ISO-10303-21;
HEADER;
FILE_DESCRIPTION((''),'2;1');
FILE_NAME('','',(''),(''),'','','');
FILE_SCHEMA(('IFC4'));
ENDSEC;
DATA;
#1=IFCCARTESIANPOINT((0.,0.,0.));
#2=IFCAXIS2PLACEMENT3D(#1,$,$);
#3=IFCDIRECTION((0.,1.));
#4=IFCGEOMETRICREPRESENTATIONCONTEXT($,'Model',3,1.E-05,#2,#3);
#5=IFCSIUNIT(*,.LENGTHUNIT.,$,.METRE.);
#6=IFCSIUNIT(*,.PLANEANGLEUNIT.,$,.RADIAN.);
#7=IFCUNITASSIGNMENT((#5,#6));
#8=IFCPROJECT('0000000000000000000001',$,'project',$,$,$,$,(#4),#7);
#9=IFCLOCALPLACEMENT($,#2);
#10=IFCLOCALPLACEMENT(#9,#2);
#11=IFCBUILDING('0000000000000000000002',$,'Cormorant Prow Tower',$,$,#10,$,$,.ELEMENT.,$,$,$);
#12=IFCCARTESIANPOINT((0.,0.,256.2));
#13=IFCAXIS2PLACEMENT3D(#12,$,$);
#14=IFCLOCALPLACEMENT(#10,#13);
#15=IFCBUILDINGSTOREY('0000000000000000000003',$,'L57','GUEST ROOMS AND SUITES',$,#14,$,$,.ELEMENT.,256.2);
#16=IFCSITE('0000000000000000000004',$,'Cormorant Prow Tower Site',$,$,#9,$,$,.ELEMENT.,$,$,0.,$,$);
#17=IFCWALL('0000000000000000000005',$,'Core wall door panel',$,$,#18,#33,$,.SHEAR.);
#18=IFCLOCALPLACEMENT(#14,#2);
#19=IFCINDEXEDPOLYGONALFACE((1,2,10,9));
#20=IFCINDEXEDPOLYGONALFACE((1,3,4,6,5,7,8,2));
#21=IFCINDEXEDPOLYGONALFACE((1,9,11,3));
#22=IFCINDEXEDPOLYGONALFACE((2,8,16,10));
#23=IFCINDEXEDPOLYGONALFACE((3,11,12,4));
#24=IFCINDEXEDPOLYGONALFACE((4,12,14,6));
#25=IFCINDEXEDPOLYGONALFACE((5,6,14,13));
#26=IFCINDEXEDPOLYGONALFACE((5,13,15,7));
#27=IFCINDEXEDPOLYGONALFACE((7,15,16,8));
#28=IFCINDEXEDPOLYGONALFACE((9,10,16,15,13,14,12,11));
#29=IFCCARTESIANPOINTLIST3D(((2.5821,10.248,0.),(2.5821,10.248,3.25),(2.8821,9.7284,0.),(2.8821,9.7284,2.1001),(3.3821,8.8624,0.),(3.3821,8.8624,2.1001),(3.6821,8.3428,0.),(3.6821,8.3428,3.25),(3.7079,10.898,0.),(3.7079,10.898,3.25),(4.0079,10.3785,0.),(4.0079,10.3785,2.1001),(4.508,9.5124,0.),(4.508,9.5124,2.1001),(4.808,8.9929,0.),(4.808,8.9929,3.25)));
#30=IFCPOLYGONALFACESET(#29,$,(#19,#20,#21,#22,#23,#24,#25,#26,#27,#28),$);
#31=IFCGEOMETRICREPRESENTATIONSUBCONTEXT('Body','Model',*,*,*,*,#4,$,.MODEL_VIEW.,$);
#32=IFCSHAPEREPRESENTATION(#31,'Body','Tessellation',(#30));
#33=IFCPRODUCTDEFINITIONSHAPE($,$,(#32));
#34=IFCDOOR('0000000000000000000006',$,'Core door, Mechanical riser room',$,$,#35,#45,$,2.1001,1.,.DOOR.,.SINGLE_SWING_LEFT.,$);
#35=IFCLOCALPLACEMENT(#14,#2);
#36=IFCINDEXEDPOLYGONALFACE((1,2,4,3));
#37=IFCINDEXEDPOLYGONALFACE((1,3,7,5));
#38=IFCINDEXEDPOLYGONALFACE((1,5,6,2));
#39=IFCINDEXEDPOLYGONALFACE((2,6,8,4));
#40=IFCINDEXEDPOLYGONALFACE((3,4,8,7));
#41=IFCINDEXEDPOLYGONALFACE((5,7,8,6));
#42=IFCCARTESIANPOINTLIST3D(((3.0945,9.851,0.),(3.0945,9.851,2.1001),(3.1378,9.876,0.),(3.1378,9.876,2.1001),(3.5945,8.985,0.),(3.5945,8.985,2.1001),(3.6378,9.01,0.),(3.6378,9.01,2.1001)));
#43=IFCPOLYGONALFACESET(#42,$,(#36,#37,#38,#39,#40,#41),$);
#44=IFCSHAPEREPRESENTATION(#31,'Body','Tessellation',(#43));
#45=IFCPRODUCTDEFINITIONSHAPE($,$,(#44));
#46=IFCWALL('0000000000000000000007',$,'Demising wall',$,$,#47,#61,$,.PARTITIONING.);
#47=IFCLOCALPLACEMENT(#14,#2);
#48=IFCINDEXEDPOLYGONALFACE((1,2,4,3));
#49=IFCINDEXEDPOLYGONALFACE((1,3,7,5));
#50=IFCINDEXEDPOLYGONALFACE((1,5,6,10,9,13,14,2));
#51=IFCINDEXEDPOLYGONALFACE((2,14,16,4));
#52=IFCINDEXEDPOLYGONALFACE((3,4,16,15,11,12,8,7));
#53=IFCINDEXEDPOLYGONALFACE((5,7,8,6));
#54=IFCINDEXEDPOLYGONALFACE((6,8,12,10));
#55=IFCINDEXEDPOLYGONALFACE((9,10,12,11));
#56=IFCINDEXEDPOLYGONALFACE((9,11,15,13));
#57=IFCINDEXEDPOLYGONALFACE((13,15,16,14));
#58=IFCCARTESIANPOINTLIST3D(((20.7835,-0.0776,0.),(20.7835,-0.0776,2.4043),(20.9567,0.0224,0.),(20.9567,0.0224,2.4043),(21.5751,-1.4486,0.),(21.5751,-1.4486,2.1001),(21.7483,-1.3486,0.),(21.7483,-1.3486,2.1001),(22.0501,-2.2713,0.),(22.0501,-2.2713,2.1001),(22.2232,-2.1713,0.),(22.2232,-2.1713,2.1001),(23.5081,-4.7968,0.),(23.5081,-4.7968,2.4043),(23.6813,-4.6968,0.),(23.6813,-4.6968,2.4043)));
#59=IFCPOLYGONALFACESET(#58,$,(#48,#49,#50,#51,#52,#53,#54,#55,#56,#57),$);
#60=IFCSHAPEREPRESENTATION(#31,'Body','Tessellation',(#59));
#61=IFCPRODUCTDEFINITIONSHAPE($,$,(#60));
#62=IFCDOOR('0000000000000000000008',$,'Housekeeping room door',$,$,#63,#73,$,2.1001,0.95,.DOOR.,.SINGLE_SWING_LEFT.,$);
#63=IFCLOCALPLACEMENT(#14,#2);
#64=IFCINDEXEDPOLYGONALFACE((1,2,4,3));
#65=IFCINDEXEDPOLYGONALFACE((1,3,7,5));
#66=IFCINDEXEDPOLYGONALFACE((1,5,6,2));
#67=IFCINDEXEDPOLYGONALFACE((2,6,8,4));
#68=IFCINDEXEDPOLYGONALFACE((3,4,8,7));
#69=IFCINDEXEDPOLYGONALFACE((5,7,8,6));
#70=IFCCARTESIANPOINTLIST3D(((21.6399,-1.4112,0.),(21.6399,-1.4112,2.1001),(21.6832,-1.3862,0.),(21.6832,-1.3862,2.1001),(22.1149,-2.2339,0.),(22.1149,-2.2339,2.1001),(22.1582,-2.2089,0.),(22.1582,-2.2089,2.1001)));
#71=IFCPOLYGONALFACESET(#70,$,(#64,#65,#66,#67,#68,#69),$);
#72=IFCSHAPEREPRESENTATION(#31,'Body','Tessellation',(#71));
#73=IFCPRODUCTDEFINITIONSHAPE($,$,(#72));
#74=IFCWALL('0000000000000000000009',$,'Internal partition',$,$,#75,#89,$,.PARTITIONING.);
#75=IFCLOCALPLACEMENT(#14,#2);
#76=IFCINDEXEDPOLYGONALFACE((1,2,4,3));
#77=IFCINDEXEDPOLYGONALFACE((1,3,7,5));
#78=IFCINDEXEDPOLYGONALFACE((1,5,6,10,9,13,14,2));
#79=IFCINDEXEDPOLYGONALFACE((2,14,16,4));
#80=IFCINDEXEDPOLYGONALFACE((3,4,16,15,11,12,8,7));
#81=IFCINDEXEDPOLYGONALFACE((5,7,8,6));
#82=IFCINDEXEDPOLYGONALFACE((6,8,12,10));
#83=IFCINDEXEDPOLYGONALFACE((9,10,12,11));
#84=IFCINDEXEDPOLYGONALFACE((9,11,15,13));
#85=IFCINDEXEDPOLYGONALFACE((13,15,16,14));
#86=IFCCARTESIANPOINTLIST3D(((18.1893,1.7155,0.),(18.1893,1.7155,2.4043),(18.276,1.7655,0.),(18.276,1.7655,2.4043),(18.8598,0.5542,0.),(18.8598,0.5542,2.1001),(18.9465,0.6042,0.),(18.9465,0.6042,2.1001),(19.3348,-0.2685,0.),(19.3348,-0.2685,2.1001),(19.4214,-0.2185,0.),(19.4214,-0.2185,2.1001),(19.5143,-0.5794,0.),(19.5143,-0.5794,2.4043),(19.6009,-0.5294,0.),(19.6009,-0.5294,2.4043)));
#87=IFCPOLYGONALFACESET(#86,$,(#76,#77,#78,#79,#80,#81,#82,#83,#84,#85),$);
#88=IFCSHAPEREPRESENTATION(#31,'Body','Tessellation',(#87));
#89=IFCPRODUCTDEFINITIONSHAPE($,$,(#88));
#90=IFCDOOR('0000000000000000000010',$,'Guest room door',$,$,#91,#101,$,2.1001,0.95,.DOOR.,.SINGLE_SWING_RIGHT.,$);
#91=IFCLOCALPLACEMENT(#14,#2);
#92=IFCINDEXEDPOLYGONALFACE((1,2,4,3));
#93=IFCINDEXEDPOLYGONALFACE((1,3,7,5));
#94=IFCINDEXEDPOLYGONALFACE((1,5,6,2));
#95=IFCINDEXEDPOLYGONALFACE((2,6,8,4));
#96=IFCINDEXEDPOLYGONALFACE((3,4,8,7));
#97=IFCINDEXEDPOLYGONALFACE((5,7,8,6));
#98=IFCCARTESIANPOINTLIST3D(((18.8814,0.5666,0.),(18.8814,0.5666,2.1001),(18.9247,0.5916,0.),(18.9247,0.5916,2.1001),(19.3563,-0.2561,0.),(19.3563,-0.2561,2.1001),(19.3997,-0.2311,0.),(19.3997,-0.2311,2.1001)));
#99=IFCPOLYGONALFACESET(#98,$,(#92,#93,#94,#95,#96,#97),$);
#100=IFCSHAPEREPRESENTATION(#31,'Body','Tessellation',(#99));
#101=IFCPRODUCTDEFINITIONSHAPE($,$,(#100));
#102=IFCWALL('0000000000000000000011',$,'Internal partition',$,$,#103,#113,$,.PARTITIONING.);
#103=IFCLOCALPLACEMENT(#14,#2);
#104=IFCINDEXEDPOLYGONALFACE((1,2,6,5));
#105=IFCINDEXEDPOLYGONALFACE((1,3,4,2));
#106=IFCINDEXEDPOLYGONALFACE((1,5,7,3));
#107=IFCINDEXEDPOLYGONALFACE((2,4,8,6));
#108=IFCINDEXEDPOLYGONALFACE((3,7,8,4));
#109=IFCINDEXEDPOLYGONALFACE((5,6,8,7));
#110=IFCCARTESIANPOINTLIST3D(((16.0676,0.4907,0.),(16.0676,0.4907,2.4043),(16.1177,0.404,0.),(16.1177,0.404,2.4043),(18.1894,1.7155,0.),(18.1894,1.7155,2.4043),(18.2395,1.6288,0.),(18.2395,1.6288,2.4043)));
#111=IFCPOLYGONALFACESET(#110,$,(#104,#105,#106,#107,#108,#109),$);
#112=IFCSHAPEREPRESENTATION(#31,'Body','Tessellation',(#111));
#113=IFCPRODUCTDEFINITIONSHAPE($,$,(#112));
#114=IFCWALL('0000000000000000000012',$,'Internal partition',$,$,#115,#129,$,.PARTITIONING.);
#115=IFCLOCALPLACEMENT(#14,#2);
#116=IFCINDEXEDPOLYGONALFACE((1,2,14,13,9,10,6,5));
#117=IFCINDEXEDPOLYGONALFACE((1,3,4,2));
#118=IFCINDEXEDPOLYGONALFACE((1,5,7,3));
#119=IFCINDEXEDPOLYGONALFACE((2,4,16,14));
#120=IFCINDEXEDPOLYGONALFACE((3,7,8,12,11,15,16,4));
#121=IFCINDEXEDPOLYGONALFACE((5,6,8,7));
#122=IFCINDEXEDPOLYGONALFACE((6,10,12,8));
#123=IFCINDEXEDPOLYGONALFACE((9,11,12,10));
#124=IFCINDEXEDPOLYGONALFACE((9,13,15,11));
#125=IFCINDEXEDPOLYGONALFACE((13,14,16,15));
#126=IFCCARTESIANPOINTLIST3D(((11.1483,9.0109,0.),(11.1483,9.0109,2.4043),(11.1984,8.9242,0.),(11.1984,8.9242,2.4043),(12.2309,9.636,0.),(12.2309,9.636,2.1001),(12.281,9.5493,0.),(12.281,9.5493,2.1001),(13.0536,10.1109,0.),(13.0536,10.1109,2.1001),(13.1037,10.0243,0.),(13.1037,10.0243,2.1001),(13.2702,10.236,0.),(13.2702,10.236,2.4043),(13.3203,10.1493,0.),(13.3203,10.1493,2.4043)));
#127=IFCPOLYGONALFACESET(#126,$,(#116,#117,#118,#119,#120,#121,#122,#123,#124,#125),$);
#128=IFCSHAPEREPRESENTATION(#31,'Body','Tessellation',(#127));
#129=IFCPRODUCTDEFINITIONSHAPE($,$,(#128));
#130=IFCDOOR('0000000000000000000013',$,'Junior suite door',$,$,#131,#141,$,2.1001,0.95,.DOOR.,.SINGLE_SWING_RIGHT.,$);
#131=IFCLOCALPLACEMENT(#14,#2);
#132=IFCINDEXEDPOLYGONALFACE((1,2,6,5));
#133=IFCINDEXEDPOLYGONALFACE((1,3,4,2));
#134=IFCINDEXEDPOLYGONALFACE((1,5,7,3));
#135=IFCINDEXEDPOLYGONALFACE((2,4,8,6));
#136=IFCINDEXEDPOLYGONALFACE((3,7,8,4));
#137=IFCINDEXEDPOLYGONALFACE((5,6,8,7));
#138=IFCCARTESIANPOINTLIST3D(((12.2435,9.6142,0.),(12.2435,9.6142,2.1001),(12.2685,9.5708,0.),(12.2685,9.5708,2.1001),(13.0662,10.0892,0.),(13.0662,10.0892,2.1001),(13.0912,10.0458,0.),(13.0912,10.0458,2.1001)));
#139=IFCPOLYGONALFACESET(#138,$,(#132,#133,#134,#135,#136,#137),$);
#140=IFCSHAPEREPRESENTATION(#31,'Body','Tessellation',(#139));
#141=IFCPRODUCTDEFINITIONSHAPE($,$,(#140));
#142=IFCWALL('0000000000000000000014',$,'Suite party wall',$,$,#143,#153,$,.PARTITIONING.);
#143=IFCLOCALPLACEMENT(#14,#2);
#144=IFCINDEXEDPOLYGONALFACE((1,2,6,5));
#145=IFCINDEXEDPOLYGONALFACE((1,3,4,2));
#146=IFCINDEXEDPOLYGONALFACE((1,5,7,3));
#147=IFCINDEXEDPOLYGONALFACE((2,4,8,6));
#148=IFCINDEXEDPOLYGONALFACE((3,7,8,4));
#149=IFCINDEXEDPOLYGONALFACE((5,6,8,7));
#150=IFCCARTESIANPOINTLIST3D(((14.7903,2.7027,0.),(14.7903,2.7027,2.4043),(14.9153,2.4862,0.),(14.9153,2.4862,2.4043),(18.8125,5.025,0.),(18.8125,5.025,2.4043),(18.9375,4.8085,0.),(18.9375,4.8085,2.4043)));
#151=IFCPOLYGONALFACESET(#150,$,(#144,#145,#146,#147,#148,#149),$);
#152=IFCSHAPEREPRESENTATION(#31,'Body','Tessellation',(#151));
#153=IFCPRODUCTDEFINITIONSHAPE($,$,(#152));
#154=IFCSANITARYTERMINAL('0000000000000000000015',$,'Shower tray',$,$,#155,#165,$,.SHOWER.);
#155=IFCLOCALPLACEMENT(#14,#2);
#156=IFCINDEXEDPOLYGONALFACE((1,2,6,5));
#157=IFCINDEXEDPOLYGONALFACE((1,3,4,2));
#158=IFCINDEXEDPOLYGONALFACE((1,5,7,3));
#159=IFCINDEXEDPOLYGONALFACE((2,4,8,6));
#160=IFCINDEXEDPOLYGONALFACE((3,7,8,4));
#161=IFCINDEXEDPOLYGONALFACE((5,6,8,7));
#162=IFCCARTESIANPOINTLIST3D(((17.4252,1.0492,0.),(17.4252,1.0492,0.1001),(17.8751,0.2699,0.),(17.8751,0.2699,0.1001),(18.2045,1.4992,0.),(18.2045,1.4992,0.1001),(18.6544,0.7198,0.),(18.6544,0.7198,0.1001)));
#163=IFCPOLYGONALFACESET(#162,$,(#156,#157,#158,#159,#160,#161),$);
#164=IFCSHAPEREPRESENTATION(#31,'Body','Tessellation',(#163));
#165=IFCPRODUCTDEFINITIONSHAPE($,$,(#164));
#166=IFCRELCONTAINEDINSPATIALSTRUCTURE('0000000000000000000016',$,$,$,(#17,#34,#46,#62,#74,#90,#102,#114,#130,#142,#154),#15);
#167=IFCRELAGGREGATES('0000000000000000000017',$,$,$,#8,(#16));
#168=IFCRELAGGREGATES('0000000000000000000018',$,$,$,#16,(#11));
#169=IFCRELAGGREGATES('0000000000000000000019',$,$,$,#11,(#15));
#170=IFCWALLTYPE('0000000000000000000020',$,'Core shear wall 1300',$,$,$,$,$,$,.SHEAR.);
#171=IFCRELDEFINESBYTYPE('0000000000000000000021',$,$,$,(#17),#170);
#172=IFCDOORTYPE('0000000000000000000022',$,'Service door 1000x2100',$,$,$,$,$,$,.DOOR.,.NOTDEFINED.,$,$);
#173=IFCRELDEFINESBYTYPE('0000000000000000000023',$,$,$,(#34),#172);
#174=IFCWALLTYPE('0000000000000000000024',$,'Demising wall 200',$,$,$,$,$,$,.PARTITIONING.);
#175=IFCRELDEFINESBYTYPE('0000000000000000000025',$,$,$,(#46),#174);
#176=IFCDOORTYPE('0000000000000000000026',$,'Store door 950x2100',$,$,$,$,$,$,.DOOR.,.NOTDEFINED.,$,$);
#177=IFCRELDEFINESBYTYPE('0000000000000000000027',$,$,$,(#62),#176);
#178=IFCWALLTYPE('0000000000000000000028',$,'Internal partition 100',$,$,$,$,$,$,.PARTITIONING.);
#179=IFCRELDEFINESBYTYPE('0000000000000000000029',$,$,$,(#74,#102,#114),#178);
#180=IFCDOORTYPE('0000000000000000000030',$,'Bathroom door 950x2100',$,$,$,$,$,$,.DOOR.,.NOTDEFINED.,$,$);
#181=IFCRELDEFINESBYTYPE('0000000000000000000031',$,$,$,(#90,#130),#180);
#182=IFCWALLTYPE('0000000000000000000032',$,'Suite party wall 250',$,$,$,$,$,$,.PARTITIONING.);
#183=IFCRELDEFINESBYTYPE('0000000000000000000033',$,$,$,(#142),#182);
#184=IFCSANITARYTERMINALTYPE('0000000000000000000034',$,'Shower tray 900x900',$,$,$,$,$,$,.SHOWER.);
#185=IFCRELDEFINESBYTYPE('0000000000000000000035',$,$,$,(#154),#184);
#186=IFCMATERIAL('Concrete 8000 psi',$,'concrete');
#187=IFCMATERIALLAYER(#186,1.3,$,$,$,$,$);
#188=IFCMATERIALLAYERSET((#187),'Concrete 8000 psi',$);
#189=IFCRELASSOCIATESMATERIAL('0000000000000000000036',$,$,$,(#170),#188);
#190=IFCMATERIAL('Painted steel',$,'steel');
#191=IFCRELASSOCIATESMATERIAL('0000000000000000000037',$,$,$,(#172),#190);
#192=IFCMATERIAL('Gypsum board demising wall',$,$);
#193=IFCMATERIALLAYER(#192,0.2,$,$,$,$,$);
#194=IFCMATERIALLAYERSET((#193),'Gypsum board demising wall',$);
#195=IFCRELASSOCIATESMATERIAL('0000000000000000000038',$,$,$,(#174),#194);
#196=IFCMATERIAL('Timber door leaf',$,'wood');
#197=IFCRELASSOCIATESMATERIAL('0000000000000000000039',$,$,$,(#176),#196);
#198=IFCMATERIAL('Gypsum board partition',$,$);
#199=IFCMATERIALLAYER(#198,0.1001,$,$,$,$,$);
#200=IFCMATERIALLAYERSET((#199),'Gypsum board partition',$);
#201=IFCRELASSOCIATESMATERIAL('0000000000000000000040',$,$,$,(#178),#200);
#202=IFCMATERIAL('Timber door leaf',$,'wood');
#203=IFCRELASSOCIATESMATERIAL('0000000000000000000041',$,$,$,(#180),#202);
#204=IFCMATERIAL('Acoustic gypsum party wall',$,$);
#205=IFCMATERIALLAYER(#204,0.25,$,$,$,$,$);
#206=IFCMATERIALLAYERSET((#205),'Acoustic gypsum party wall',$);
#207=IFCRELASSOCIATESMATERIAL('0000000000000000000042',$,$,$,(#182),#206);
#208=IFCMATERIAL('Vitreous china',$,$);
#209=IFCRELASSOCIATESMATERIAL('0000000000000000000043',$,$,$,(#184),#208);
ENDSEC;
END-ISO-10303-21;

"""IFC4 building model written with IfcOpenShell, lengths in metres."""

from ifc_helpers import new_model, si_unit, direction, frame, frame_2d, origin, origin_2d, place, context, subcontext, project, spatial, rectangle, extrude, material, layer, layer_set, type_object, element, fill, save


model = new_model("IFC4")

# Units and contexts
model_context = context("Model", 3, precision=1e-05, world=origin(), true_north=direction((0.0, 1.0)))
body_context = subcontext(model_context, "Body", "Model", "MODEL_VIEW")
ifc_project = project(units=[si_unit("LENGTHUNIT", "METRE"), si_unit("PLANEANGLEUNIT", "RADIAN")], contexts=[model_context])

# Site, building, storey
site_placement = place(None, origin())
site = spatial("IfcSite", under=ifc_project, at=site_placement, Name="Cormorant Prow Tower Site", CompositionType="ELEMENT", RefElevation=0.0)
building_placement = place(site_placement, origin())
building = spatial("IfcBuilding", under=site, at=building_placement, Name="Cormorant Prow Tower", CompositionType="ELEMENT")
storey_placement = place(building_placement, frame((0.0, 0.0, 256.2)))
storey = spatial("IfcBuildingStorey", under=building, at=storey_placement, Name="L57", Description="GUEST ROOMS AND SUITES", CompositionType="ELEMENT", Elevation=256.2)

# Walls, openings, doors
ifc_material_1 = material(Name="Concrete 8000 psi", Category="concrete")
ifc_layer_1 = layer(ifc_material_1, 1.3)
ifc_layer_set_1 = layer_set([ifc_layer_1], Name="Concrete 8000 psi")
wall_type_1 = type_object("IfcWallType", Name="Core shear wall 1300", PredefinedType="SHEAR", material=ifc_layer_set_1)
wall_1_placement = place(storey_placement, frame((4.2451, 8.6677, 0.0), z_axis=(0.0, 0.0, 1.0), x_axis=(-0.50003, 0.866008, 0.0)))
wall_1 = element("IfcWall", 1, at=wall_1_placement, inside=storey, type_object=wall_type_1, Name="Core wall door panel", PredefinedType="SHEAR", context=body_context, shape_type="SweptSolid", body=[
    extrude(rectangle(XDim=2.2, YDim=1.3, at=frame_2d((1.1001, 0.0))), origin(), (0.0, 0.0, 1.0), 3.25),
])
opening_1_placement = place(wall_1_placement, frame((0.6001, 0.0, 0.0)))
opening_1 = element("IfcOpeningElement", 2, at=opening_1_placement, cuts=wall_1, PredefinedType="OPENING", context=body_context, shape_type="SweptSolid", body=[
    extrude(rectangle(XDim=1.0, YDim=2.1001, at=frame_2d((0.5, 1.05))), frame((0.0, 0.6599, 0.0), z_axis=(0.0, -1.0, 0.0), x_axis=(1.0, 0.0, 0.0)), (0.0, 0.0, 1.0), 1.3201),
])
ifc_material_2 = material(Name="Painted steel", Category="steel")
door_type_1 = type_object("IfcDoorType", Name="Service door 1000x2100", OperationType="NOTDEFINED", PredefinedType="DOOR", material=ifc_material_2)
door_1_placement = place(opening_1_placement, origin())
door_1 = element("IfcDoor", 3, at=door_1_placement, inside=storey, type_object=door_type_1, Name="Core door, Mechanical riser room", OperationType="SINGLE_SWING_LEFT", OverallHeight=2.1001, OverallWidth=1.0, PredefinedType="DOOR", context=body_context, shape_type="SweptSolid", body=[
    extrude(rectangle(XDim=1.0, YDim=2.1001, at=frame_2d((0.5, 1.05))), frame((0.0, 0.4048, 0.0), z_axis=(0.0, -1.0, 0.0), x_axis=(1.0, 0.0, 0.0)), (0.0, 0.0, 1.0), 0.05),
])
fill(opening_1, door_1)
ifc_material_3 = material(Name="Gypsum board demising wall")
ifc_layer_2 = layer(ifc_material_3, 0.2)
ifc_layer_set_2 = layer_set([ifc_layer_2], Name="Gypsum board demising wall")
wall_type_2 = type_object("IfcWallType", Name="Demising wall 200", PredefinedType="PARTITIONING", material=ifc_layer_set_2)
wall_2_placement = place(storey_placement, frame((20.8701, -0.0276, 0.0), z_axis=(0.0, 0.0, 1.0), x_axis=(0.499994, -0.866029, 0.0)))
wall_2 = element("IfcWall", 4, at=wall_2_placement, inside=storey, type_object=wall_type_2, Name="Demising wall", PredefinedType="PARTITIONING", context=body_context, shape_type="SweptSolid", body=[
    extrude(rectangle(XDim=5.4492, YDim=0.2, at=frame_2d((2.7246, 0.0))), origin(), (0.0, 0.0, 1.0), 2.4043),
])
opening_2_placement = place(wall_2_placement, frame((1.583, 0.0, 0.0)))
opening_2 = element("IfcOpeningElement", 5, at=opening_2_placement, cuts=wall_2, PredefinedType="OPENING", context=body_context, shape_type="SweptSolid", body=[
    extrude(rectangle(XDim=0.95, YDim=2.1001, at=frame_2d((0.4751, 1.05))), frame((0.0, 0.1099, 0.0), z_axis=(0.0, -1.0, 0.0), x_axis=(1.0, 0.0, 0.0)), (0.0, 0.0, 1.0), 0.22),
])
ifc_material_4 = material(Name="Timber door leaf", Category="wood")
door_type_2 = type_object("IfcDoorType", Name="Store door 950x2100", OperationType="NOTDEFINED", PredefinedType="DOOR", material=ifc_material_4)
door_2_placement = place(opening_2_placement, origin())
door_2 = element("IfcDoor", 6, at=door_2_placement, inside=storey, type_object=door_type_2, Name="Housekeeping room door", OperationType="SINGLE_SWING_LEFT", OverallHeight=2.1001, OverallWidth=0.95, PredefinedType="DOOR", context=body_context, shape_type="SweptSolid", body=[
    extrude(rectangle(XDim=0.95, YDim=2.1001, at=frame_2d((0.4751, 1.05))), frame((0.0, 0.0249, 0.0), z_axis=(0.0, -1.0, 0.0), x_axis=(1.0, 0.0, 0.0)), (0.0, 0.0, 1.0), 0.05),
])
fill(opening_2, door_2)
ifc_material_5 = material(Name="Gypsum board partition")
ifc_layer_3 = layer(ifc_material_5, 0.1001)
ifc_layer_set_3 = layer_set([ifc_layer_3], Name="Gypsum board partition")
wall_type_3 = type_object("IfcWallType", Name="Internal partition 100", PredefinedType="PARTITIONING", material=ifc_layer_set_3)
wall_3_placement = place(storey_placement, frame((18.2327, 1.7405, 0.0), z_axis=(0.0, 0.0, 1.0), x_axis=(0.499994, -0.866029, 0.0)))
wall_3 = element("IfcWall", 7, at=wall_3_placement, inside=storey, type_object=wall_type_3, Name="Internal partition", PredefinedType="PARTITIONING", context=body_context, shape_type="SweptSolid", body=[
    extrude(rectangle(XDim=2.6499, YDim=0.1001, at=frame_2d((1.325, 0.0))), origin(), (0.0, 0.0, 1.0), 2.4043),
])
opening_3_placement = place(wall_3_placement, frame((1.3408, 0.0, 0.0)))
opening_3 = element("IfcOpeningElement", 8, at=opening_3_placement, cuts=wall_3, PredefinedType="OPENING", context=body_context, shape_type="SweptSolid", body=[
    extrude(rectangle(XDim=0.95, YDim=2.1001, at=frame_2d((0.4751, 1.05))), frame((0.0, 0.0601, 0.0), z_axis=(0.0, -1.0, 0.0), x_axis=(1.0, 0.0, 0.0)), (0.0, 0.0, 1.0), 0.1201),
])
ifc_material_6 = material(Name="Timber door leaf", Category="wood")
door_type_3 = type_object("IfcDoorType", Name="Bathroom door 950x2100", OperationType="NOTDEFINED", PredefinedType="DOOR", material=ifc_material_6)
door_3_placement = place(opening_3_placement, origin())
door_3 = element("IfcDoor", 9, at=door_3_placement, inside=storey, type_object=door_type_3, Name="Guest room door", OperationType="SINGLE_SWING_RIGHT", OverallHeight=2.1001, OverallWidth=0.95, PredefinedType="DOOR", context=body_context, shape_type="SweptSolid", body=[
    extrude(rectangle(XDim=0.95, YDim=2.1001, at=frame_2d((0.4751, 1.05))), frame((0.0, 0.0249, 0.0), z_axis=(0.0, -1.0, 0.0), x_axis=(1.0, 0.0, 0.0)), (0.0, 0.0, 1.0), 0.05),
])
fill(opening_3, door_3)

# Wall
wall_4_placement = place(storey_placement, frame((16.0925, 0.4473, 0.0), z_axis=(0.0, 0.0, 1.0), x_axis=(0.866058, 0.499944, 0.0)))
element("IfcWall", 10, at=wall_4_placement, inside=storey, type_object=wall_type_3, Name="Internal partition", PredefinedType="PARTITIONING", context=body_context, shape_type="SweptSolid", body=[
    extrude(rectangle(XDim=2.45, YDim=0.1001, at=frame_2d((1.2251, 0.0))), origin(), (0.0, 0.0, 1.0), 2.4043),
])

# Wall, opening, door
wall_5_placement = place(storey_placement, frame((11.1733, 8.9675, 0.0), z_axis=(0.0, 0.0, 1.0), x_axis=(0.866015, 0.500019, 0.0)))
wall_5 = element("IfcWall", 11, at=wall_5_placement, inside=storey, type_object=wall_type_3, Name="Internal partition", PredefinedType="PARTITIONING", context=body_context, shape_type="SweptSolid", body=[
    extrude(rectangle(XDim=2.4502, YDim=0.1001, at=frame_2d((1.2251, 0.0))), origin(), (0.0, 0.0, 1.0), 2.4043),
])
opening_4_placement = place(wall_5_placement, frame((1.25, 0.0, 0.0)))
opening_4 = element("IfcOpeningElement", 12, at=opening_4_placement, cuts=wall_5, PredefinedType="OPENING", context=body_context, shape_type="SweptSolid", body=[
    extrude(rectangle(XDim=0.95, YDim=2.1001, at=frame_2d((0.4751, 1.05))), frame((0.0, 0.0601, 0.0), z_axis=(0.0, -1.0, 0.0), x_axis=(1.0, 0.0, 0.0)), (0.0, 0.0, 1.0), 0.1201),
])
door_4_placement = place(opening_4_placement, origin())
door_4 = element("IfcDoor", 13, at=door_4_placement, inside=storey, type_object=door_type_3, Name="Junior suite door", OperationType="SINGLE_SWING_RIGHT", OverallHeight=2.1001, OverallWidth=0.95, PredefinedType="DOOR", context=body_context, shape_type="SweptSolid", body=[
    extrude(rectangle(XDim=0.95, YDim=2.1001, at=frame_2d((0.4751, 1.05))), frame((0.0, 0.0249, 0.0), z_axis=(0.0, -1.0, 0.0), x_axis=(1.0, 0.0, 0.0)), (0.0, 0.0, 1.0), 0.05),
])
fill(opening_4, door_4)

# Wall
ifc_material_7 = material(Name="Acoustic gypsum party wall")
ifc_layer_4 = layer(ifc_material_7, 0.25)
ifc_layer_set_4 = layer_set([ifc_layer_4], Name="Acoustic gypsum party wall")
wall_type_4 = type_object("IfcWallType", Name="Suite party wall 250", PredefinedType="PARTITIONING", material=ifc_layer_set_4)
wall_6_placement = place(storey_placement, frame((14.8528, 2.5945, 0.0), z_axis=(0.0, 0.0, 1.0), x_axis=(0.866022, 0.500006, 0.0)))
element("IfcWall", 14, at=wall_6_placement, inside=storey, type_object=wall_type_4, Name="Suite party wall", PredefinedType="PARTITIONING", context=body_context, shape_type="SweptSolid", body=[
    extrude(rectangle(XDim=4.6445, YDim=0.25, at=frame_2d((2.3223, 0.0))), origin(), (0.0, 0.0, 1.0), 2.4043),
])

# Sanitary terminal
ifc_material_8 = material(Name="Vitreous china")
sanitary_terminal_type_1 = type_object("IfcSanitaryTerminalType", Name="Shower tray 900x900", PredefinedType="SHOWER", material=ifc_material_8)
for number, where, z_axis, x_axis, name in (
    (15, (18.0398, 0.8845, 0.0), (0.0, 0.0, 1.0), (0.5, -0.866025, 0.0), "Shower tray"),
):
    element("IfcSanitaryTerminal", number, at=place(storey_placement, frame(where, z_axis=z_axis, x_axis=x_axis)), inside=storey, type_object=sanitary_terminal_type_1, Name=name, PredefinedType="SHOWER", context=body_context, shape_type="SweptSolid", body=[
        extrude(rectangle(XDim=0.8999, YDim=0.8999, at=origin_2d()), origin(), (0.0, 0.0, 1.0), 0.1001),
    ])

save(model, "model.ifc")
